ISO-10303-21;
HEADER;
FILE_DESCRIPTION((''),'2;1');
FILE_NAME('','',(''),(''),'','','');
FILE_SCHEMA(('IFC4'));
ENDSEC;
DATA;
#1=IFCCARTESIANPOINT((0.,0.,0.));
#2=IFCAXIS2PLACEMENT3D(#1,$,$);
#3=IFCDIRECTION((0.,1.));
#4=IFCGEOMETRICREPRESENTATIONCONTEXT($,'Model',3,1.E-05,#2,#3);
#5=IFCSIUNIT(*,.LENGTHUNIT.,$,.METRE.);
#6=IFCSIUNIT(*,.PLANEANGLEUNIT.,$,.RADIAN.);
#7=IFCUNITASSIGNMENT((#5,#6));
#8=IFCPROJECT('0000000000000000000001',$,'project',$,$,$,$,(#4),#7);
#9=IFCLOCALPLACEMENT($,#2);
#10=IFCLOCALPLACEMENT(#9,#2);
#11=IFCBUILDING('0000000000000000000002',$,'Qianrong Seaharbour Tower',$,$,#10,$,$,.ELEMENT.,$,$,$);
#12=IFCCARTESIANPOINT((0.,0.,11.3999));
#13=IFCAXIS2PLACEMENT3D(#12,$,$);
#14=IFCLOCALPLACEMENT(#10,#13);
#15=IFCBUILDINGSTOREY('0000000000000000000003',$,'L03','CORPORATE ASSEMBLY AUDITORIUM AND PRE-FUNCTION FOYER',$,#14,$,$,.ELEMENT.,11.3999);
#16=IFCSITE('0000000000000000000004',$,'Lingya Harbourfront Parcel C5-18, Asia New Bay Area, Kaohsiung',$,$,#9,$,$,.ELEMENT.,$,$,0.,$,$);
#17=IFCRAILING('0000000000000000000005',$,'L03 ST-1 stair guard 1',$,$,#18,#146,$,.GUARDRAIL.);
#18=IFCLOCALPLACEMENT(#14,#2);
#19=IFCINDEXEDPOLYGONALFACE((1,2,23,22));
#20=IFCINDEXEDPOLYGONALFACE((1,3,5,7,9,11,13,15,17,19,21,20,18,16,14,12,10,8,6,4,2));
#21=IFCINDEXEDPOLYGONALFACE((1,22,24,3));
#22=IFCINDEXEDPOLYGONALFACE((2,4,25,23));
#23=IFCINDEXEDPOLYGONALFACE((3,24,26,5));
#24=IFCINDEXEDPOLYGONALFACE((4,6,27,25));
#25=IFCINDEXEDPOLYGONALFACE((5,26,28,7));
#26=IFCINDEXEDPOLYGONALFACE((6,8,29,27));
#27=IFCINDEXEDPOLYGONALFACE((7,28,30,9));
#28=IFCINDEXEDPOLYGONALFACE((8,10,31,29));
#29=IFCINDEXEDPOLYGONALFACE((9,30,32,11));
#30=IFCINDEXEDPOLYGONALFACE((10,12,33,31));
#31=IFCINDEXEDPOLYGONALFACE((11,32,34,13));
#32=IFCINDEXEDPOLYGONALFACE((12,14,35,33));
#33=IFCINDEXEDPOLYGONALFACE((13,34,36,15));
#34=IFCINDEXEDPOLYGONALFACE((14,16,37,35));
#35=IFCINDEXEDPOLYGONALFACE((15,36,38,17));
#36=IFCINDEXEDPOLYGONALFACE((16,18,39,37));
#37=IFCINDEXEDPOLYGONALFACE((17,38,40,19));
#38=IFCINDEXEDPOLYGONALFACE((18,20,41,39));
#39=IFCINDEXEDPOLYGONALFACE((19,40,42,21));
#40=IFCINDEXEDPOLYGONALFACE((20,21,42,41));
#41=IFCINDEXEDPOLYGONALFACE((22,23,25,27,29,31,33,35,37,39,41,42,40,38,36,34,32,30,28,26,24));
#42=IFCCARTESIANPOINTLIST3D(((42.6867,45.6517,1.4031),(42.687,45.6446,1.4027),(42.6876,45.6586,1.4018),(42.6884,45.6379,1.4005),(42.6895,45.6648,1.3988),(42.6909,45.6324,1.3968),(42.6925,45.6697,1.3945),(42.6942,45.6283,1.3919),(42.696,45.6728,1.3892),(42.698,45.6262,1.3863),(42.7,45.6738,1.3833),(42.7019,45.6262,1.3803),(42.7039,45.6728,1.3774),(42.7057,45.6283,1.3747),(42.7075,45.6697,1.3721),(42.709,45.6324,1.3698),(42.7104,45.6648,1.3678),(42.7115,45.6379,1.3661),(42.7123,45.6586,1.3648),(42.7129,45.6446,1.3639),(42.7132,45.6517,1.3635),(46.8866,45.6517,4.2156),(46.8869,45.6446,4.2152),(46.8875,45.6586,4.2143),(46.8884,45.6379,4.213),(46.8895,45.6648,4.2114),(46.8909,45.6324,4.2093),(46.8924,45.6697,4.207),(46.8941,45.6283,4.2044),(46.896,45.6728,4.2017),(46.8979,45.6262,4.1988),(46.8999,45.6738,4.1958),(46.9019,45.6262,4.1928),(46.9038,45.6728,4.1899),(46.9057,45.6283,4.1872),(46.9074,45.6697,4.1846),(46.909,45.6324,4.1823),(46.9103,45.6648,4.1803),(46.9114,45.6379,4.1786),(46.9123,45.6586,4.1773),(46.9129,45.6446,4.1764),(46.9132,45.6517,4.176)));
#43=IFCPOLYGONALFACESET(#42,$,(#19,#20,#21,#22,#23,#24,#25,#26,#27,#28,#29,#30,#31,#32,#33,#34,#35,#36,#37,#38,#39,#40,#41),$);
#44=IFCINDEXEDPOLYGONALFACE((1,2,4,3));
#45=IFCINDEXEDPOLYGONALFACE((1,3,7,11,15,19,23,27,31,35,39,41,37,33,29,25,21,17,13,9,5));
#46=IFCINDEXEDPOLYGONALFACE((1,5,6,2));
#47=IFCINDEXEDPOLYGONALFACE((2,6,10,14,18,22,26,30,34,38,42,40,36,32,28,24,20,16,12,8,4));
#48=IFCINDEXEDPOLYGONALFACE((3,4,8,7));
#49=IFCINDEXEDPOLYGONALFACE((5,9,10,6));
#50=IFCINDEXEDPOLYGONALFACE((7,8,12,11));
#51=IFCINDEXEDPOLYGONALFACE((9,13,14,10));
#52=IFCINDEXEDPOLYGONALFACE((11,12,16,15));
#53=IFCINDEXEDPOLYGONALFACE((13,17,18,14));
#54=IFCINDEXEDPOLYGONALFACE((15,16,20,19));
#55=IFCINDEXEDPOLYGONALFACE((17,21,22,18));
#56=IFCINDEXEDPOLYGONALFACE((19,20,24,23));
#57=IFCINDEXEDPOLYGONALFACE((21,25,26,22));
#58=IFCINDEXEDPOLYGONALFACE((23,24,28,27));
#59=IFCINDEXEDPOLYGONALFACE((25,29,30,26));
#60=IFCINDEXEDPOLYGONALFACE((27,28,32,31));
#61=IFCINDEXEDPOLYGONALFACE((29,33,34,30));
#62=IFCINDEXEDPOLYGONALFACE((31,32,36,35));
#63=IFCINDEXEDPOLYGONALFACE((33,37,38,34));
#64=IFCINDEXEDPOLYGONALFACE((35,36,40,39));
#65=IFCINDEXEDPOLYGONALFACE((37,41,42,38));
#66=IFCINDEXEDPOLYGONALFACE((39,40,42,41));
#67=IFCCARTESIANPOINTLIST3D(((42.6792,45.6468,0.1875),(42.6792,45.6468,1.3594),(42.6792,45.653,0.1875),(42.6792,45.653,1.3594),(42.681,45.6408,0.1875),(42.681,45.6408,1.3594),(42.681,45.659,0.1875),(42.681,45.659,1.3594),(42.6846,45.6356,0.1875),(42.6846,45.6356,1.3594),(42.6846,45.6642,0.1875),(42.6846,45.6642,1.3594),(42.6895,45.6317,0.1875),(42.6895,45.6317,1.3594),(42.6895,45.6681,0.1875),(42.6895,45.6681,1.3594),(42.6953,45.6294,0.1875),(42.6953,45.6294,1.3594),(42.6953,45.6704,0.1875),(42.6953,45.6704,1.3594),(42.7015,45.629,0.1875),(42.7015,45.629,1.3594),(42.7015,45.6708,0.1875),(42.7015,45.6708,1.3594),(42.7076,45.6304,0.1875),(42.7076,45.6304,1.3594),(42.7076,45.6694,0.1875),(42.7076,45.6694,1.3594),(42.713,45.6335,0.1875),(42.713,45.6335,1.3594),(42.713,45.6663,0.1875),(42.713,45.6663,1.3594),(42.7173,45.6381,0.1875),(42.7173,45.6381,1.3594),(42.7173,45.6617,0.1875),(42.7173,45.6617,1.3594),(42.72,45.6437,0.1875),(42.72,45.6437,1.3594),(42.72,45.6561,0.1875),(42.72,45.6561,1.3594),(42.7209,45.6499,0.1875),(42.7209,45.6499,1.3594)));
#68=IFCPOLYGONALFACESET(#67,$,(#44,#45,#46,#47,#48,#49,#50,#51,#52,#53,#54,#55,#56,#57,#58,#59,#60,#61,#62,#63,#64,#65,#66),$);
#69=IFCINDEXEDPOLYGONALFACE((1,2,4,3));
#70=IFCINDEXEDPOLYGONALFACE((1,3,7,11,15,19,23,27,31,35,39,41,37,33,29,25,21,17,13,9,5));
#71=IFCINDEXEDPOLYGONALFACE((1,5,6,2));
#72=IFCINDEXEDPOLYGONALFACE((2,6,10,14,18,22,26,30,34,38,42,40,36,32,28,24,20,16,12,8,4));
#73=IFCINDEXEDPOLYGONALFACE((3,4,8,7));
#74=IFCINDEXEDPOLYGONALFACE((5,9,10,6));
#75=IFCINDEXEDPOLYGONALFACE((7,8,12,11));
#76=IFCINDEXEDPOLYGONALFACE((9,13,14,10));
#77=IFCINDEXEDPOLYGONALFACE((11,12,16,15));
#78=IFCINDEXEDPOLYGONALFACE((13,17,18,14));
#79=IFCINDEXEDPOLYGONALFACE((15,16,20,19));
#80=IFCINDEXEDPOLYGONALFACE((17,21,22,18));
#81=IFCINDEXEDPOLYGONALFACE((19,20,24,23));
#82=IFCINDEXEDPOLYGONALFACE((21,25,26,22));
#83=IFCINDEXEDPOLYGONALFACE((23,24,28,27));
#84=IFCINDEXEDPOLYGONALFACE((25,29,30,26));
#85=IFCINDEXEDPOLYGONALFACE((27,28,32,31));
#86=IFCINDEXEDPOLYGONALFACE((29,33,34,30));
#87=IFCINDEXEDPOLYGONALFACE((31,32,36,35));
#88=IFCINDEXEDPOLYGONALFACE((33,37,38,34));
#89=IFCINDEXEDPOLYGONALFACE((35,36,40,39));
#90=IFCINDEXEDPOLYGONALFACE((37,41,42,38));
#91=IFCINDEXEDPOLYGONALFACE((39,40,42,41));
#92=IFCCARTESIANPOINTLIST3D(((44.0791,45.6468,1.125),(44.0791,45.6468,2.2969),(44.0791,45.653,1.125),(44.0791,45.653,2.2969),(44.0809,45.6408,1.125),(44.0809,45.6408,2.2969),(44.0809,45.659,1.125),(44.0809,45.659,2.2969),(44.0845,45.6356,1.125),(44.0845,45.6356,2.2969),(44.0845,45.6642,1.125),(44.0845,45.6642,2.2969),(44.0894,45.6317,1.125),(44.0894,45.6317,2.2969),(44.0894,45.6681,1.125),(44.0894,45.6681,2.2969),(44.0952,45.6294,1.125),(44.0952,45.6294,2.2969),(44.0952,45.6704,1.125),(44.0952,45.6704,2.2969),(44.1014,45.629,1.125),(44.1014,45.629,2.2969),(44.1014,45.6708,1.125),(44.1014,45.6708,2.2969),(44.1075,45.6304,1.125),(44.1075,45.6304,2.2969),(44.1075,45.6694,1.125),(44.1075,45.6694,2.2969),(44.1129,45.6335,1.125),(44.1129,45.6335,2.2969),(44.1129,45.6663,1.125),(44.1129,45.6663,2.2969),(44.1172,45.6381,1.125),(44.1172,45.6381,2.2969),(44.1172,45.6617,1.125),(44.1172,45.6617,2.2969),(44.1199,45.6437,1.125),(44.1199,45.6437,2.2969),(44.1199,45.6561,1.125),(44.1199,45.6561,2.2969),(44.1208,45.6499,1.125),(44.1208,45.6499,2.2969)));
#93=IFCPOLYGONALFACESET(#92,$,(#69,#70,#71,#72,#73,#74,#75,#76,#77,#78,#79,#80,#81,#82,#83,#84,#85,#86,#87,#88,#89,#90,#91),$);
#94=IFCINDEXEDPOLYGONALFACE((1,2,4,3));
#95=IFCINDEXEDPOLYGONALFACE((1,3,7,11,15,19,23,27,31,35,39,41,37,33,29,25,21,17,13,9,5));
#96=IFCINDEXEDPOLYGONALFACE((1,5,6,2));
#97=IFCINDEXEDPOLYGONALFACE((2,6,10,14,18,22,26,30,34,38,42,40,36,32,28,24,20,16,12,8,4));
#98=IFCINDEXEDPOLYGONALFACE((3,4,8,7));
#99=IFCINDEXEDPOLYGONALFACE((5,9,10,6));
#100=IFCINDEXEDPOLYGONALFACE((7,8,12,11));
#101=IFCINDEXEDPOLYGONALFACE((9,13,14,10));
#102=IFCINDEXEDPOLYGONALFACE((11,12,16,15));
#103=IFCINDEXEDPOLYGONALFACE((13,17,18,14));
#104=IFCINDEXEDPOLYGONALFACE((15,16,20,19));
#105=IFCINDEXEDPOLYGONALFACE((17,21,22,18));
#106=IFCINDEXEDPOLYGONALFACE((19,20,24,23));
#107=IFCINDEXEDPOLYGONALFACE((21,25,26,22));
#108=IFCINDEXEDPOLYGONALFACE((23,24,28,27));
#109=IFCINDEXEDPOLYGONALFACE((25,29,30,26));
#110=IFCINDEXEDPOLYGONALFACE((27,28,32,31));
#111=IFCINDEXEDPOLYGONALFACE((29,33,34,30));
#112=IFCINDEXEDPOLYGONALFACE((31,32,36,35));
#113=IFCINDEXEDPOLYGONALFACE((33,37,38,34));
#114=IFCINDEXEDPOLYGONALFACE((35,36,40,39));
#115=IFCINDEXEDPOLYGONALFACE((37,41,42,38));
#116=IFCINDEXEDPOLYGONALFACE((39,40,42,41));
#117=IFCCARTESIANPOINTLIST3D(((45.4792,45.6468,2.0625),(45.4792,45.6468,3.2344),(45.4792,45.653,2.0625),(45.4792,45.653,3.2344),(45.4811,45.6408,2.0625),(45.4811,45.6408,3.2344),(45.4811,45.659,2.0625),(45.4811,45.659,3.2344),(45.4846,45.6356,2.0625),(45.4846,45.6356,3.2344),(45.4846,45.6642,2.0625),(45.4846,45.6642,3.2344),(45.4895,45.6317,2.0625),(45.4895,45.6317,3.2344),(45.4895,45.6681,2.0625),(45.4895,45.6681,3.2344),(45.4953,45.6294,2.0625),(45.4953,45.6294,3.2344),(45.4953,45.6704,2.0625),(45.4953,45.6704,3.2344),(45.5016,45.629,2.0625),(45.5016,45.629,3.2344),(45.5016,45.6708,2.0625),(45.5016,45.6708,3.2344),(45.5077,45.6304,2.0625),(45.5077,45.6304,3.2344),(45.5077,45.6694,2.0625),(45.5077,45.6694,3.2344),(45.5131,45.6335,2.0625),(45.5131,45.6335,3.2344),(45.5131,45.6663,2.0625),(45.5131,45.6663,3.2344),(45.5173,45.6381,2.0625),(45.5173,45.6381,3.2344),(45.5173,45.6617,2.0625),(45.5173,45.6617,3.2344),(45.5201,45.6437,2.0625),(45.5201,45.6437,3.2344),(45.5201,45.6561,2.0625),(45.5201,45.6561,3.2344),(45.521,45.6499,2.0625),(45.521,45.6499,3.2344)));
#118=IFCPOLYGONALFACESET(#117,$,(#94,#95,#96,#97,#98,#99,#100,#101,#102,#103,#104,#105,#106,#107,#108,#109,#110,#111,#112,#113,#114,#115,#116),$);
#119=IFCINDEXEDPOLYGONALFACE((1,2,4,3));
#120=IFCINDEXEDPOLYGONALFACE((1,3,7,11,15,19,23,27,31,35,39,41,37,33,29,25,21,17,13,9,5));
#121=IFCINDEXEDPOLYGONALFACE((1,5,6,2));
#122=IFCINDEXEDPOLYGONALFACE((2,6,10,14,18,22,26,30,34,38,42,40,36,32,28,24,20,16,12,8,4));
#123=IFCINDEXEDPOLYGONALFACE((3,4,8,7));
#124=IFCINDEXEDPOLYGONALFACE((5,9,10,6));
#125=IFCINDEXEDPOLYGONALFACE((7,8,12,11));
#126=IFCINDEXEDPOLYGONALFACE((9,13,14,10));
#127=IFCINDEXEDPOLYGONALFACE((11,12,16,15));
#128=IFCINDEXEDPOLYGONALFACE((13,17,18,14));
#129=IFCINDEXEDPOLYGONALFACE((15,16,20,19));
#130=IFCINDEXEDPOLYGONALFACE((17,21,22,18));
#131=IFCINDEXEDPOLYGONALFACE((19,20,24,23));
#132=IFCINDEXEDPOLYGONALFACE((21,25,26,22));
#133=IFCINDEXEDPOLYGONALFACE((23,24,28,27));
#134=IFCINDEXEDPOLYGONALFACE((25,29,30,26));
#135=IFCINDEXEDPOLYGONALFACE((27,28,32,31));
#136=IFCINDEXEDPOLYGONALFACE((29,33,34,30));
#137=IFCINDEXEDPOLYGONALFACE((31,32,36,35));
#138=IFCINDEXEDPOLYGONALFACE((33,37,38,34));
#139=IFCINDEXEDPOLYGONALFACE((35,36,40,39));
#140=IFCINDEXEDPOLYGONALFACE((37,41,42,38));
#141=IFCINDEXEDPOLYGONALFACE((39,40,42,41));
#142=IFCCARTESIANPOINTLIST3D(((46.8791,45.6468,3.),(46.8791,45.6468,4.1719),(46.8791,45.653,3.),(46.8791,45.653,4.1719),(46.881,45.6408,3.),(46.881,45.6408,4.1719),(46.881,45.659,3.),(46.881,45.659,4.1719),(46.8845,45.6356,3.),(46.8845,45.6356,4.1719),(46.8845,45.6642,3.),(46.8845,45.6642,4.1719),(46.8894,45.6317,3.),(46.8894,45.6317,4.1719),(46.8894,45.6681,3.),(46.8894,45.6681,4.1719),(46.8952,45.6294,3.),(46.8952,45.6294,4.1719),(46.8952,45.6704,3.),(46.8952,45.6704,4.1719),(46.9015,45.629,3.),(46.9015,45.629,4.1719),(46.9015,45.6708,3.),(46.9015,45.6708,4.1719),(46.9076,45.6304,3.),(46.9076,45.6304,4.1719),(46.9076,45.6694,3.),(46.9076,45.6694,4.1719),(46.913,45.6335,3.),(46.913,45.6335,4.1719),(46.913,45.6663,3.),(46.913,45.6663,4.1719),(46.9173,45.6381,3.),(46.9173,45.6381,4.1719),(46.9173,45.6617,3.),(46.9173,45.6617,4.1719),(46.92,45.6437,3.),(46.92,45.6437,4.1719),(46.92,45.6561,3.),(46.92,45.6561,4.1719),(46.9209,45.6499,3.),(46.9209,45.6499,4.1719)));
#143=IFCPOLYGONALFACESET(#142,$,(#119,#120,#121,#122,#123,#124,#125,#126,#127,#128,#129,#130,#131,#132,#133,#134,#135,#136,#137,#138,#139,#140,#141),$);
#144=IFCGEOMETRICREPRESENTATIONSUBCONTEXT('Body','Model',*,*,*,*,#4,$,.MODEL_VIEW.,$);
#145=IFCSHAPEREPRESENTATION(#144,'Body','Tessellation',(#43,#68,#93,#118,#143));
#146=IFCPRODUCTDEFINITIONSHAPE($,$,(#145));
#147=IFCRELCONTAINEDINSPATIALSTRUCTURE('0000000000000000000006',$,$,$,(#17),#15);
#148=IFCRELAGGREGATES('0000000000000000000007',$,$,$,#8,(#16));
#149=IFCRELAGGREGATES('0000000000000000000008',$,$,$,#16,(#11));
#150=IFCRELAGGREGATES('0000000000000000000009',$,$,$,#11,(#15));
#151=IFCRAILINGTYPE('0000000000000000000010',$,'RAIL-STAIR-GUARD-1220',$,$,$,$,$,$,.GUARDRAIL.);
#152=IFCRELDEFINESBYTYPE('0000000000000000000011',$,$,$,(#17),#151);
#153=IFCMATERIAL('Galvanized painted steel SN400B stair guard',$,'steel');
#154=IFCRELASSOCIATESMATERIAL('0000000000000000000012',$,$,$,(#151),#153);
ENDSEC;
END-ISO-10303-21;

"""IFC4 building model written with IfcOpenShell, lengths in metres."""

from ifc_helpers import new_model, si_unit, direction, frame, origin, origin_2d, place, context, subcontext, project, spatial, circle, extrude, material, type_object, element, save


model = new_model("IFC4")

# Units and contexts
model_context = context("Model", 3, precision=1e-05, world=origin(), true_north=direction((0.0, 1.0)))
body_context = subcontext(model_context, "Body", "Model", "MODEL_VIEW")
ifc_project = project(units=[si_unit("LENGTHUNIT", "METRE"), si_unit("PLANEANGLEUNIT", "RADIAN")], contexts=[model_context])

# Site, building, storey
site_placement = place(None, origin())
site = spatial("IfcSite", under=ifc_project, at=site_placement, Name="Lingya Harbourfront Parcel C5-18, Asia New Bay Area, Kaohsiung", CompositionType="ELEMENT", RefElevation=0.0)
building_placement = place(site_placement, origin())
building = spatial("IfcBuilding", under=site, at=building_placement, Name="Qianrong Seaharbour Tower", CompositionType="ELEMENT")
storey_placement = place(building_placement, frame((0.0, 0.0, 11.3999)))
storey = spatial("IfcBuildingStorey", under=building, at=storey_placement, Name="L03", Description="CORPORATE ASSEMBLY AUDITORIUM AND PRE-FUNCTION FOYER", CompositionType="ELEMENT", Elevation=11.3999)

# Railing
ifc_material_1 = material(Name="Galvanized painted steel SN400B stair guard", Category="steel")
railing_type_1 = type_object("IfcRailingType", Name="RAIL-STAIR-GUARD-1220", PredefinedType="GUARDRAIL", material=ifc_material_1)
railing_1_placement = place(storey_placement, frame((42.7, 45.6499, 0.1875)))
element("IfcRailing", 1, at=railing_1_placement, inside=storey, type_object=railing_type_1, Name="L03 ST-1 stair guard 1", PredefinedType="GUARDRAIL", context=body_context, shape_type="SweptSolid", body=[
    extrude(circle(Radius=0.0239, at=origin_2d()), frame((0.0, 0.0, 1.1958), z_axis=(0.830904, 0.0, 0.556416), x_axis=(0.0, 1.0, 0.0)), (0.0, 0.0, 1.0), 5.0547),
    extrude(circle(Radius=0.021, at=origin_2d()), origin(), (0.0, 0.0, 1.0), 1.1719),
    extrude(circle(Radius=0.021, at=origin_2d()), frame((1.3999, 0.0, 0.9375)), (0.0, 0.0, 1.0), 1.1719),
    extrude(circle(Radius=0.021, at=origin_2d()), frame((2.8, 0.0, 1.875)), (0.0, 0.0, 1.0), 1.1719),
    extrude(circle(Radius=0.021, at=origin_2d()), frame((4.2, 0.0, 2.8125)), (0.0, 0.0, 1.0), 1.1719),
])

save(model, "model.ifc")
